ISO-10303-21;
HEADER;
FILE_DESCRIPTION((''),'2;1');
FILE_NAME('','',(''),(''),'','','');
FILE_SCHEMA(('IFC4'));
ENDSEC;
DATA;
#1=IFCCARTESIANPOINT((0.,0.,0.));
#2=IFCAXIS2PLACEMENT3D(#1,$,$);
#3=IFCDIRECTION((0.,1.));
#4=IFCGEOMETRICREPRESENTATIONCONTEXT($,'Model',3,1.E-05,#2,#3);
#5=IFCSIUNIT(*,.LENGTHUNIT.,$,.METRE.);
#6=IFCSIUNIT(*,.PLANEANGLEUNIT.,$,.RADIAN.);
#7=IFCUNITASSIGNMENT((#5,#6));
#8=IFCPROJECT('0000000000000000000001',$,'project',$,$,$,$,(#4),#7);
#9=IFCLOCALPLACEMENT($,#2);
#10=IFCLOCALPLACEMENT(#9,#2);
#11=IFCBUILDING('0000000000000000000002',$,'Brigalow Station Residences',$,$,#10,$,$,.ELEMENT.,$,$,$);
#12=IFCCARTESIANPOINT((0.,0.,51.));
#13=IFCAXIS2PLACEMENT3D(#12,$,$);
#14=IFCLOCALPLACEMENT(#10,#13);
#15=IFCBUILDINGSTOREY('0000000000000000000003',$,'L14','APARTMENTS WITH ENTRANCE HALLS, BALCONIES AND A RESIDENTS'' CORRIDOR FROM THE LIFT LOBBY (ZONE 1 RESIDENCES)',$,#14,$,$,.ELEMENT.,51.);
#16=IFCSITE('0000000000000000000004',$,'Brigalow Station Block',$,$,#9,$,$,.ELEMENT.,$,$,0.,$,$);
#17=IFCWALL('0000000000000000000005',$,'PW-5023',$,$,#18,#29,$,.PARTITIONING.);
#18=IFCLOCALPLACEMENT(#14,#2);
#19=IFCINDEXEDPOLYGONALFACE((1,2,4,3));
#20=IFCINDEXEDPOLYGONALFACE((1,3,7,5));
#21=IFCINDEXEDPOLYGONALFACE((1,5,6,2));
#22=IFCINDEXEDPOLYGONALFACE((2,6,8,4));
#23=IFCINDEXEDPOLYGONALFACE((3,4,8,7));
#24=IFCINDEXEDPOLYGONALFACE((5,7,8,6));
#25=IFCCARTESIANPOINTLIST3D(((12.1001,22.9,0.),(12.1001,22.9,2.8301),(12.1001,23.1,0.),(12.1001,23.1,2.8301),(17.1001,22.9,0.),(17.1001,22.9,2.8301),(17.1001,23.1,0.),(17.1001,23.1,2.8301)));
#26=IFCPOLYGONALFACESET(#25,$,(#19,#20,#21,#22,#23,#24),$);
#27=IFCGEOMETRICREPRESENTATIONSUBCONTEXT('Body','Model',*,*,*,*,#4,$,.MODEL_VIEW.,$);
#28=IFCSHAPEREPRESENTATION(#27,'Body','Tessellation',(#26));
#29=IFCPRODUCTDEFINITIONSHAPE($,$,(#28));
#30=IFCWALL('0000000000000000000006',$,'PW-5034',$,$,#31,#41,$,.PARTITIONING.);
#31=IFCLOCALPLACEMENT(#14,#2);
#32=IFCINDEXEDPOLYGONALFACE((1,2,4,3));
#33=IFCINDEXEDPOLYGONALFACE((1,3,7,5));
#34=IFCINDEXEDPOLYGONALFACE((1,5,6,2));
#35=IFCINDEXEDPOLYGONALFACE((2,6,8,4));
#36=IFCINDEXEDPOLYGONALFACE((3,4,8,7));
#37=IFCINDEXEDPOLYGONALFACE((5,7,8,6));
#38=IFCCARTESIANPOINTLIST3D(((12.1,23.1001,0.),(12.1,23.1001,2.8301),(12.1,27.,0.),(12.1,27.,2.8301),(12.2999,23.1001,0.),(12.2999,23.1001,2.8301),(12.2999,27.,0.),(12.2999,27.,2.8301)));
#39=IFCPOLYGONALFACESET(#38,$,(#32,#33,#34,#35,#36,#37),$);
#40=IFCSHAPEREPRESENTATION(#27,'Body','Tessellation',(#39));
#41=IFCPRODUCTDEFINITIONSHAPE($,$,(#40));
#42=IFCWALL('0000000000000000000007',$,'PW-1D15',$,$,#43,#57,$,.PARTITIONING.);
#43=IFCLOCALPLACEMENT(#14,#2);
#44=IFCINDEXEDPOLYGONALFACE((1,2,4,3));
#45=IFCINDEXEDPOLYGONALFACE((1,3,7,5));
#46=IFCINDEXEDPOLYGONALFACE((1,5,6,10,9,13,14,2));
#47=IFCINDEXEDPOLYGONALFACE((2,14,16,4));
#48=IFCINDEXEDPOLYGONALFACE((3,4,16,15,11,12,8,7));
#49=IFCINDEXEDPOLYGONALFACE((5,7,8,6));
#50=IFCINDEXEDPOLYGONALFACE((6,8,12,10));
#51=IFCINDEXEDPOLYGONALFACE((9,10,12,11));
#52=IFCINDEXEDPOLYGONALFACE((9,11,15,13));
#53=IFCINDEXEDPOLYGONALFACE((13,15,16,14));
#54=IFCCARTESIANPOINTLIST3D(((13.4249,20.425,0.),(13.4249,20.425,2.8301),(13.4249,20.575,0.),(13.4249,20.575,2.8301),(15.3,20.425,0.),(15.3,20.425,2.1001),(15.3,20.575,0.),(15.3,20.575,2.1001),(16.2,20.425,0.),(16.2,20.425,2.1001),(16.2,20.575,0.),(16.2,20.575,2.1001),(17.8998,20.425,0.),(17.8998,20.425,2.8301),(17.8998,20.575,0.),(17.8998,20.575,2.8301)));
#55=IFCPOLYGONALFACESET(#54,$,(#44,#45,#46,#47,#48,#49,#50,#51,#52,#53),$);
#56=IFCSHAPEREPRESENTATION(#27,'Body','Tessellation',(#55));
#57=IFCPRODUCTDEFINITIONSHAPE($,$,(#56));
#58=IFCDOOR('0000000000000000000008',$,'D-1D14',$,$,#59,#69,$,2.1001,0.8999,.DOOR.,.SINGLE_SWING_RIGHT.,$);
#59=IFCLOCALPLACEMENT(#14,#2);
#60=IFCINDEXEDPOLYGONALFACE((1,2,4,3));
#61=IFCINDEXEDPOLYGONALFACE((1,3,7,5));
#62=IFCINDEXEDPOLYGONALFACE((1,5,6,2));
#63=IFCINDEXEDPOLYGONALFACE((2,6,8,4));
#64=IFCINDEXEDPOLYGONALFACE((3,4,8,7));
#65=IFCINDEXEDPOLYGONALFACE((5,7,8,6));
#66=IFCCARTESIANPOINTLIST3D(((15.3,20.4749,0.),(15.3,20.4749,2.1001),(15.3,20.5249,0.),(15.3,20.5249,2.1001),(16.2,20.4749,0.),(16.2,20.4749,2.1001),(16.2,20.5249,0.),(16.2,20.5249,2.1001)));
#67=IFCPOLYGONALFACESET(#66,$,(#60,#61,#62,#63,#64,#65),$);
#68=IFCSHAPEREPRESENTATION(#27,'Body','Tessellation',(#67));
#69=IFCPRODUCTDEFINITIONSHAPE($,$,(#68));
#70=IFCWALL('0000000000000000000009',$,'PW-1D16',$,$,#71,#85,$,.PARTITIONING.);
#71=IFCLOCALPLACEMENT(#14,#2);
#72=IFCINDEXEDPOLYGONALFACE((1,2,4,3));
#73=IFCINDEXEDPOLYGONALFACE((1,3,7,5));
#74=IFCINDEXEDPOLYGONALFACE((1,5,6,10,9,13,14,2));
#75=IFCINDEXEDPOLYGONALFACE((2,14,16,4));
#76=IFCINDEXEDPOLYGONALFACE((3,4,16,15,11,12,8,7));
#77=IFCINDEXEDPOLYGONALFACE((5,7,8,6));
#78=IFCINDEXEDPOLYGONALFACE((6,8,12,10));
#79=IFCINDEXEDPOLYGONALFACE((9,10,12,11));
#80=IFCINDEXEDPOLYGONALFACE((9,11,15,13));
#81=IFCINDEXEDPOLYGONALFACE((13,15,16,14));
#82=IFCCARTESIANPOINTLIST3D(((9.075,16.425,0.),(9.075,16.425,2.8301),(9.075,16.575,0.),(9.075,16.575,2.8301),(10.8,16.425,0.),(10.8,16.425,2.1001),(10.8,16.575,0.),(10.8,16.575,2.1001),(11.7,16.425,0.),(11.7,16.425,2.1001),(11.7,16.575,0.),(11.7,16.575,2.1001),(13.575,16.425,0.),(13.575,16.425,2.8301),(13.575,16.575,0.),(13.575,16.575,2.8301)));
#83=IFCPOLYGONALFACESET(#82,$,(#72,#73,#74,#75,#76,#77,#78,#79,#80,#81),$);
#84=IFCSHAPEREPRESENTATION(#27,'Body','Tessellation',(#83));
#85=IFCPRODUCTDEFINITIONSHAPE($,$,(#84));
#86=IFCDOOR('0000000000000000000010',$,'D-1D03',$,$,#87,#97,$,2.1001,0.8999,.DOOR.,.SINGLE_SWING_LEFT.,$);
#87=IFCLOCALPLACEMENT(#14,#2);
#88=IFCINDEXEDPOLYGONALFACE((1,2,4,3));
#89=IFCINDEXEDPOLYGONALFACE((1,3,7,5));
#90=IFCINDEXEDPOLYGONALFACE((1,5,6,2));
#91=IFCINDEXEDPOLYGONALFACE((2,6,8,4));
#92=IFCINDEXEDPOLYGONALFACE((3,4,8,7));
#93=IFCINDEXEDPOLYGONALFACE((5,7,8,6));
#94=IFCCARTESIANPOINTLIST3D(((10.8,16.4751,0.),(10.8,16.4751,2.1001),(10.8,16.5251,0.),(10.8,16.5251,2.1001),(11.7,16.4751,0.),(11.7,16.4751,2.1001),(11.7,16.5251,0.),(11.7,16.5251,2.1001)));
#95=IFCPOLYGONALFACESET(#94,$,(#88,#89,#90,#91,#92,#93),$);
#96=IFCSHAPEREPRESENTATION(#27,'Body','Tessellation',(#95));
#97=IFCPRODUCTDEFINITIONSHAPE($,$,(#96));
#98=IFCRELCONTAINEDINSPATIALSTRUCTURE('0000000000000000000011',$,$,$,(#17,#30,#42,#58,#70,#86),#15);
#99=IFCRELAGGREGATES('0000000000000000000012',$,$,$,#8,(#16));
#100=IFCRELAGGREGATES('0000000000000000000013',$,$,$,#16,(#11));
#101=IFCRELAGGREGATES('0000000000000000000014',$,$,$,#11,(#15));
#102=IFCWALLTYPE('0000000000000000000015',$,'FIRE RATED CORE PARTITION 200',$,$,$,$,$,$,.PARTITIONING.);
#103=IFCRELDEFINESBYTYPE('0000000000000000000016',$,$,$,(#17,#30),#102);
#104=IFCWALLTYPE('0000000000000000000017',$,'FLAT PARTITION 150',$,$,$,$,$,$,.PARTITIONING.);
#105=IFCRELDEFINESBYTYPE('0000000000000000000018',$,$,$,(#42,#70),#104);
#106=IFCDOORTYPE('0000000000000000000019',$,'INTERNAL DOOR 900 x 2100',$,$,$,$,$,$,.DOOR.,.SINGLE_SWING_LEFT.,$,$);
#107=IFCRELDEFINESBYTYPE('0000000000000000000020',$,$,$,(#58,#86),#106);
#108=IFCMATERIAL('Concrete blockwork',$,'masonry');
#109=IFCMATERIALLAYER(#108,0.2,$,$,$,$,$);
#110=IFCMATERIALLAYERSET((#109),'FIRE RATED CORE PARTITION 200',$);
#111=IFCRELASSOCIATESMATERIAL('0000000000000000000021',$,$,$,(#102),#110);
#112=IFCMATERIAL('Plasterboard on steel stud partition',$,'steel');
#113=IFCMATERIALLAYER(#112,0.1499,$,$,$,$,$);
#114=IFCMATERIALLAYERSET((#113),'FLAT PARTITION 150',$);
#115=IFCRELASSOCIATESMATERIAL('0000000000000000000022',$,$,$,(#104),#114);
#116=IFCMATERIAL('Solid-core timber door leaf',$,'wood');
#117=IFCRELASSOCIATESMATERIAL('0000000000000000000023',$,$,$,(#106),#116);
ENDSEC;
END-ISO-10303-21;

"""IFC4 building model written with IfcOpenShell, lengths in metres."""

from ifc_helpers import new_model, si_unit, direction, frame, frame_2d, origin, place, context, subcontext, project, spatial, rectangle, extrude, material, layer, layer_set, type_object, element, fill, save


model = new_model("IFC4")

# Units and contexts
model_context = context("Model", 3, precision=1e-05, world=origin(), true_north=direction((0.0, 1.0)))
body_context = subcontext(model_context, "Body", "Model", "MODEL_VIEW")
ifc_project = project(units=[si_unit("LENGTHUNIT", "METRE"), si_unit("PLANEANGLEUNIT", "RADIAN")], contexts=[model_context])

# Site, building, storey
site_placement = place(None, origin())
site = spatial("IfcSite", under=ifc_project, at=site_placement, Name="Brigalow Station Block", CompositionType="ELEMENT", RefElevation=0.0)
building_placement = place(site_placement, origin())
building = spatial("IfcBuilding", under=site, at=building_placement, Name="Brigalow Station Residences", CompositionType="ELEMENT")
storey_placement = place(building_placement, frame((0.0, 0.0, 51.0)))
storey = spatial("IfcBuildingStorey", under=building, at=storey_placement, Name="L14", Description="APARTMENTS WITH ENTRANCE HALLS, BALCONIES AND A RESIDENTS' CORRIDOR FROM THE LIFT LOBBY (ZONE 1 RESIDENCES)", CompositionType="ELEMENT", Elevation=51.0)

# Walls
ifc_material_1 = material(Name="Concrete blockwork", Category="masonry")
ifc_layer_1 = layer(ifc_material_1, 0.2)
ifc_layer_set_1 = layer_set([ifc_layer_1], Name="FIRE RATED CORE PARTITION 200")
wall_type_1 = type_object("IfcWallType", Name="FIRE RATED CORE PARTITION 200", PredefinedType="PARTITIONING", material=ifc_layer_set_1)
wall_1_placement = place(storey_placement, frame((12.1001, 23.0, 0.0), z_axis=(0.0, 0.0, 1.0), x_axis=(1.0, 0.0, 0.0)))
element("IfcWall", 1, at=wall_1_placement, inside=storey, type_object=wall_type_1, Name="PW-5023", PredefinedType="PARTITIONING", context=body_context, shape_type="SweptSolid", body=[
    extrude(rectangle(XDim=5.0, YDim=0.2, at=frame_2d((2.5, 0.0))), origin(), (0.0, 0.0, 1.0), 2.8301),
])
wall_2_placement = place(storey_placement, frame((12.2, 23.1001, 0.0), z_axis=(0.0, 0.0, 1.0), x_axis=(0.0, 1.0, 0.0)))
element("IfcWall", 2, at=wall_2_placement, inside=storey, type_object=wall_type_1, Name="PW-5034", PredefinedType="PARTITIONING", context=body_context, shape_type="SweptSolid", body=[
    extrude(rectangle(XDim=3.8999, YDim=0.2, at=frame_2d((1.95, 0.0))), origin(), (0.0, 0.0, 1.0), 2.8301),
])

# Walls, openings, doors
ifc_material_2 = material(Name="Plasterboard on steel stud partition", Category="steel")
ifc_layer_2 = layer(ifc_material_2, 0.1499)
ifc_layer_set_2 = layer_set([ifc_layer_2], Name="FLAT PARTITION 150")
wall_type_2 = type_object("IfcWallType", Name="FLAT PARTITION 150", PredefinedType="PARTITIONING", material=ifc_layer_set_2)
wall_3_placement = place(storey_placement, frame((13.425, 20.5, 0.0), z_axis=(0.0, 0.0, 1.0), x_axis=(1.0, 0.0, 0.0)))
wall_3 = element("IfcWall", 3, at=wall_3_placement, inside=storey, type_object=wall_type_2, Name="PW-1D15", PredefinedType="PARTITIONING", context=body_context, shape_type="SweptSolid", body=[
    extrude(rectangle(XDim=4.4749, YDim=0.1499, at=frame_2d((2.2373, 0.0))), origin(), (0.0, 0.0, 1.0), 2.8301),
])
opening_1_placement = place(wall_3_placement, frame((1.875, 0.0, 0.0)))
opening_1 = element("IfcOpeningElement", 4, at=opening_1_placement, cuts=wall_3, PredefinedType="OPENING", context=body_context, shape_type="SweptSolid", body=[
    extrude(rectangle(XDim=0.8999, YDim=2.1001, at=frame_2d((0.45, 1.05))), frame((0.0, 0.085, 0.0), z_axis=(0.0, -1.0, 0.0), x_axis=(1.0, 0.0, 0.0)), (0.0, 0.0, 1.0), 0.1699),
])
ifc_material_3 = material(Name="Solid-core timber door leaf", Category="wood")
door_type_1 = type_object("IfcDoorType", Name="INTERNAL DOOR 900 x 2100", OperationType="SINGLE_SWING_LEFT", PredefinedType="DOOR", material=ifc_material_3)
door_1_placement = place(opening_1_placement, origin())
door_1 = element("IfcDoor", 5, at=door_1_placement, inside=storey, type_object=door_type_1, Name="D-1D14", OperationType="SINGLE_SWING_RIGHT", OverallHeight=2.1001, OverallWidth=0.8999, PredefinedType="DOOR", context=body_context, shape_type="SweptSolid", body=[
    extrude(rectangle(XDim=0.8999, YDim=2.1001, at=frame_2d((0.45, 1.05))), frame((0.0, 0.0249, 0.0), z_axis=(0.0, -1.0, 0.0), x_axis=(1.0, 0.0, 0.0)), (0.0, 0.0, 1.0), 0.05),
])
fill(opening_1, door_1)
wall_4_placement = place(storey_placement, frame((9.075, 16.5, 0.0), z_axis=(0.0, 0.0, 1.0), x_axis=(1.0, 0.0, 0.0)))
wall_4 = element("IfcWall", 6, at=wall_4_placement, inside=storey, type_object=wall_type_2, Name="PW-1D16", PredefinedType="PARTITIONING", context=body_context, shape_type="SweptSolid", body=[
    extrude(rectangle(XDim=4.5, YDim=0.1499, at=frame_2d((2.25, 0.0))), origin(), (0.0, 0.0, 1.0), 2.8301),
])
opening_2_placement = place(wall_4_placement, frame((1.7251, 0.0, 0.0)))
opening_2 = element("IfcOpeningElement", 7, at=opening_2_placement, cuts=wall_4, PredefinedType="OPENING", context=body_context, shape_type="SweptSolid", body=[
    extrude(rectangle(XDim=0.8999, YDim=2.1001, at=frame_2d((0.45, 1.05))), frame((0.0, 0.085, 0.0), z_axis=(0.0, -1.0, 0.0), x_axis=(1.0, 0.0, 0.0)), (0.0, 0.0, 1.0), 0.1699),
])
door_2_placement = place(opening_2_placement, frame((0.8999, 0.0, 0.0), z_axis=(0.0, 0.0, 1.0), x_axis=(-1.0, 0.0, 0.0)))
door_2 = element("IfcDoor", 8, at=door_2_placement, inside=storey, type_object=door_type_1, Name="D-1D03", OperationType="SINGLE_SWING_LEFT", OverallHeight=2.1001, OverallWidth=0.8999, PredefinedType="DOOR", context=body_context, shape_type="SweptSolid", body=[
    extrude(rectangle(XDim=0.8999, YDim=2.1001, at=frame_2d((0.45, 1.05))), frame((0.0, 0.0249, 0.0), z_axis=(0.0, -1.0, 0.0), x_axis=(1.0, 0.0, 0.0)), (0.0, 0.0, 1.0), 0.05),
])
fill(opening_2, door_2)

save(model, "model.ifc")
